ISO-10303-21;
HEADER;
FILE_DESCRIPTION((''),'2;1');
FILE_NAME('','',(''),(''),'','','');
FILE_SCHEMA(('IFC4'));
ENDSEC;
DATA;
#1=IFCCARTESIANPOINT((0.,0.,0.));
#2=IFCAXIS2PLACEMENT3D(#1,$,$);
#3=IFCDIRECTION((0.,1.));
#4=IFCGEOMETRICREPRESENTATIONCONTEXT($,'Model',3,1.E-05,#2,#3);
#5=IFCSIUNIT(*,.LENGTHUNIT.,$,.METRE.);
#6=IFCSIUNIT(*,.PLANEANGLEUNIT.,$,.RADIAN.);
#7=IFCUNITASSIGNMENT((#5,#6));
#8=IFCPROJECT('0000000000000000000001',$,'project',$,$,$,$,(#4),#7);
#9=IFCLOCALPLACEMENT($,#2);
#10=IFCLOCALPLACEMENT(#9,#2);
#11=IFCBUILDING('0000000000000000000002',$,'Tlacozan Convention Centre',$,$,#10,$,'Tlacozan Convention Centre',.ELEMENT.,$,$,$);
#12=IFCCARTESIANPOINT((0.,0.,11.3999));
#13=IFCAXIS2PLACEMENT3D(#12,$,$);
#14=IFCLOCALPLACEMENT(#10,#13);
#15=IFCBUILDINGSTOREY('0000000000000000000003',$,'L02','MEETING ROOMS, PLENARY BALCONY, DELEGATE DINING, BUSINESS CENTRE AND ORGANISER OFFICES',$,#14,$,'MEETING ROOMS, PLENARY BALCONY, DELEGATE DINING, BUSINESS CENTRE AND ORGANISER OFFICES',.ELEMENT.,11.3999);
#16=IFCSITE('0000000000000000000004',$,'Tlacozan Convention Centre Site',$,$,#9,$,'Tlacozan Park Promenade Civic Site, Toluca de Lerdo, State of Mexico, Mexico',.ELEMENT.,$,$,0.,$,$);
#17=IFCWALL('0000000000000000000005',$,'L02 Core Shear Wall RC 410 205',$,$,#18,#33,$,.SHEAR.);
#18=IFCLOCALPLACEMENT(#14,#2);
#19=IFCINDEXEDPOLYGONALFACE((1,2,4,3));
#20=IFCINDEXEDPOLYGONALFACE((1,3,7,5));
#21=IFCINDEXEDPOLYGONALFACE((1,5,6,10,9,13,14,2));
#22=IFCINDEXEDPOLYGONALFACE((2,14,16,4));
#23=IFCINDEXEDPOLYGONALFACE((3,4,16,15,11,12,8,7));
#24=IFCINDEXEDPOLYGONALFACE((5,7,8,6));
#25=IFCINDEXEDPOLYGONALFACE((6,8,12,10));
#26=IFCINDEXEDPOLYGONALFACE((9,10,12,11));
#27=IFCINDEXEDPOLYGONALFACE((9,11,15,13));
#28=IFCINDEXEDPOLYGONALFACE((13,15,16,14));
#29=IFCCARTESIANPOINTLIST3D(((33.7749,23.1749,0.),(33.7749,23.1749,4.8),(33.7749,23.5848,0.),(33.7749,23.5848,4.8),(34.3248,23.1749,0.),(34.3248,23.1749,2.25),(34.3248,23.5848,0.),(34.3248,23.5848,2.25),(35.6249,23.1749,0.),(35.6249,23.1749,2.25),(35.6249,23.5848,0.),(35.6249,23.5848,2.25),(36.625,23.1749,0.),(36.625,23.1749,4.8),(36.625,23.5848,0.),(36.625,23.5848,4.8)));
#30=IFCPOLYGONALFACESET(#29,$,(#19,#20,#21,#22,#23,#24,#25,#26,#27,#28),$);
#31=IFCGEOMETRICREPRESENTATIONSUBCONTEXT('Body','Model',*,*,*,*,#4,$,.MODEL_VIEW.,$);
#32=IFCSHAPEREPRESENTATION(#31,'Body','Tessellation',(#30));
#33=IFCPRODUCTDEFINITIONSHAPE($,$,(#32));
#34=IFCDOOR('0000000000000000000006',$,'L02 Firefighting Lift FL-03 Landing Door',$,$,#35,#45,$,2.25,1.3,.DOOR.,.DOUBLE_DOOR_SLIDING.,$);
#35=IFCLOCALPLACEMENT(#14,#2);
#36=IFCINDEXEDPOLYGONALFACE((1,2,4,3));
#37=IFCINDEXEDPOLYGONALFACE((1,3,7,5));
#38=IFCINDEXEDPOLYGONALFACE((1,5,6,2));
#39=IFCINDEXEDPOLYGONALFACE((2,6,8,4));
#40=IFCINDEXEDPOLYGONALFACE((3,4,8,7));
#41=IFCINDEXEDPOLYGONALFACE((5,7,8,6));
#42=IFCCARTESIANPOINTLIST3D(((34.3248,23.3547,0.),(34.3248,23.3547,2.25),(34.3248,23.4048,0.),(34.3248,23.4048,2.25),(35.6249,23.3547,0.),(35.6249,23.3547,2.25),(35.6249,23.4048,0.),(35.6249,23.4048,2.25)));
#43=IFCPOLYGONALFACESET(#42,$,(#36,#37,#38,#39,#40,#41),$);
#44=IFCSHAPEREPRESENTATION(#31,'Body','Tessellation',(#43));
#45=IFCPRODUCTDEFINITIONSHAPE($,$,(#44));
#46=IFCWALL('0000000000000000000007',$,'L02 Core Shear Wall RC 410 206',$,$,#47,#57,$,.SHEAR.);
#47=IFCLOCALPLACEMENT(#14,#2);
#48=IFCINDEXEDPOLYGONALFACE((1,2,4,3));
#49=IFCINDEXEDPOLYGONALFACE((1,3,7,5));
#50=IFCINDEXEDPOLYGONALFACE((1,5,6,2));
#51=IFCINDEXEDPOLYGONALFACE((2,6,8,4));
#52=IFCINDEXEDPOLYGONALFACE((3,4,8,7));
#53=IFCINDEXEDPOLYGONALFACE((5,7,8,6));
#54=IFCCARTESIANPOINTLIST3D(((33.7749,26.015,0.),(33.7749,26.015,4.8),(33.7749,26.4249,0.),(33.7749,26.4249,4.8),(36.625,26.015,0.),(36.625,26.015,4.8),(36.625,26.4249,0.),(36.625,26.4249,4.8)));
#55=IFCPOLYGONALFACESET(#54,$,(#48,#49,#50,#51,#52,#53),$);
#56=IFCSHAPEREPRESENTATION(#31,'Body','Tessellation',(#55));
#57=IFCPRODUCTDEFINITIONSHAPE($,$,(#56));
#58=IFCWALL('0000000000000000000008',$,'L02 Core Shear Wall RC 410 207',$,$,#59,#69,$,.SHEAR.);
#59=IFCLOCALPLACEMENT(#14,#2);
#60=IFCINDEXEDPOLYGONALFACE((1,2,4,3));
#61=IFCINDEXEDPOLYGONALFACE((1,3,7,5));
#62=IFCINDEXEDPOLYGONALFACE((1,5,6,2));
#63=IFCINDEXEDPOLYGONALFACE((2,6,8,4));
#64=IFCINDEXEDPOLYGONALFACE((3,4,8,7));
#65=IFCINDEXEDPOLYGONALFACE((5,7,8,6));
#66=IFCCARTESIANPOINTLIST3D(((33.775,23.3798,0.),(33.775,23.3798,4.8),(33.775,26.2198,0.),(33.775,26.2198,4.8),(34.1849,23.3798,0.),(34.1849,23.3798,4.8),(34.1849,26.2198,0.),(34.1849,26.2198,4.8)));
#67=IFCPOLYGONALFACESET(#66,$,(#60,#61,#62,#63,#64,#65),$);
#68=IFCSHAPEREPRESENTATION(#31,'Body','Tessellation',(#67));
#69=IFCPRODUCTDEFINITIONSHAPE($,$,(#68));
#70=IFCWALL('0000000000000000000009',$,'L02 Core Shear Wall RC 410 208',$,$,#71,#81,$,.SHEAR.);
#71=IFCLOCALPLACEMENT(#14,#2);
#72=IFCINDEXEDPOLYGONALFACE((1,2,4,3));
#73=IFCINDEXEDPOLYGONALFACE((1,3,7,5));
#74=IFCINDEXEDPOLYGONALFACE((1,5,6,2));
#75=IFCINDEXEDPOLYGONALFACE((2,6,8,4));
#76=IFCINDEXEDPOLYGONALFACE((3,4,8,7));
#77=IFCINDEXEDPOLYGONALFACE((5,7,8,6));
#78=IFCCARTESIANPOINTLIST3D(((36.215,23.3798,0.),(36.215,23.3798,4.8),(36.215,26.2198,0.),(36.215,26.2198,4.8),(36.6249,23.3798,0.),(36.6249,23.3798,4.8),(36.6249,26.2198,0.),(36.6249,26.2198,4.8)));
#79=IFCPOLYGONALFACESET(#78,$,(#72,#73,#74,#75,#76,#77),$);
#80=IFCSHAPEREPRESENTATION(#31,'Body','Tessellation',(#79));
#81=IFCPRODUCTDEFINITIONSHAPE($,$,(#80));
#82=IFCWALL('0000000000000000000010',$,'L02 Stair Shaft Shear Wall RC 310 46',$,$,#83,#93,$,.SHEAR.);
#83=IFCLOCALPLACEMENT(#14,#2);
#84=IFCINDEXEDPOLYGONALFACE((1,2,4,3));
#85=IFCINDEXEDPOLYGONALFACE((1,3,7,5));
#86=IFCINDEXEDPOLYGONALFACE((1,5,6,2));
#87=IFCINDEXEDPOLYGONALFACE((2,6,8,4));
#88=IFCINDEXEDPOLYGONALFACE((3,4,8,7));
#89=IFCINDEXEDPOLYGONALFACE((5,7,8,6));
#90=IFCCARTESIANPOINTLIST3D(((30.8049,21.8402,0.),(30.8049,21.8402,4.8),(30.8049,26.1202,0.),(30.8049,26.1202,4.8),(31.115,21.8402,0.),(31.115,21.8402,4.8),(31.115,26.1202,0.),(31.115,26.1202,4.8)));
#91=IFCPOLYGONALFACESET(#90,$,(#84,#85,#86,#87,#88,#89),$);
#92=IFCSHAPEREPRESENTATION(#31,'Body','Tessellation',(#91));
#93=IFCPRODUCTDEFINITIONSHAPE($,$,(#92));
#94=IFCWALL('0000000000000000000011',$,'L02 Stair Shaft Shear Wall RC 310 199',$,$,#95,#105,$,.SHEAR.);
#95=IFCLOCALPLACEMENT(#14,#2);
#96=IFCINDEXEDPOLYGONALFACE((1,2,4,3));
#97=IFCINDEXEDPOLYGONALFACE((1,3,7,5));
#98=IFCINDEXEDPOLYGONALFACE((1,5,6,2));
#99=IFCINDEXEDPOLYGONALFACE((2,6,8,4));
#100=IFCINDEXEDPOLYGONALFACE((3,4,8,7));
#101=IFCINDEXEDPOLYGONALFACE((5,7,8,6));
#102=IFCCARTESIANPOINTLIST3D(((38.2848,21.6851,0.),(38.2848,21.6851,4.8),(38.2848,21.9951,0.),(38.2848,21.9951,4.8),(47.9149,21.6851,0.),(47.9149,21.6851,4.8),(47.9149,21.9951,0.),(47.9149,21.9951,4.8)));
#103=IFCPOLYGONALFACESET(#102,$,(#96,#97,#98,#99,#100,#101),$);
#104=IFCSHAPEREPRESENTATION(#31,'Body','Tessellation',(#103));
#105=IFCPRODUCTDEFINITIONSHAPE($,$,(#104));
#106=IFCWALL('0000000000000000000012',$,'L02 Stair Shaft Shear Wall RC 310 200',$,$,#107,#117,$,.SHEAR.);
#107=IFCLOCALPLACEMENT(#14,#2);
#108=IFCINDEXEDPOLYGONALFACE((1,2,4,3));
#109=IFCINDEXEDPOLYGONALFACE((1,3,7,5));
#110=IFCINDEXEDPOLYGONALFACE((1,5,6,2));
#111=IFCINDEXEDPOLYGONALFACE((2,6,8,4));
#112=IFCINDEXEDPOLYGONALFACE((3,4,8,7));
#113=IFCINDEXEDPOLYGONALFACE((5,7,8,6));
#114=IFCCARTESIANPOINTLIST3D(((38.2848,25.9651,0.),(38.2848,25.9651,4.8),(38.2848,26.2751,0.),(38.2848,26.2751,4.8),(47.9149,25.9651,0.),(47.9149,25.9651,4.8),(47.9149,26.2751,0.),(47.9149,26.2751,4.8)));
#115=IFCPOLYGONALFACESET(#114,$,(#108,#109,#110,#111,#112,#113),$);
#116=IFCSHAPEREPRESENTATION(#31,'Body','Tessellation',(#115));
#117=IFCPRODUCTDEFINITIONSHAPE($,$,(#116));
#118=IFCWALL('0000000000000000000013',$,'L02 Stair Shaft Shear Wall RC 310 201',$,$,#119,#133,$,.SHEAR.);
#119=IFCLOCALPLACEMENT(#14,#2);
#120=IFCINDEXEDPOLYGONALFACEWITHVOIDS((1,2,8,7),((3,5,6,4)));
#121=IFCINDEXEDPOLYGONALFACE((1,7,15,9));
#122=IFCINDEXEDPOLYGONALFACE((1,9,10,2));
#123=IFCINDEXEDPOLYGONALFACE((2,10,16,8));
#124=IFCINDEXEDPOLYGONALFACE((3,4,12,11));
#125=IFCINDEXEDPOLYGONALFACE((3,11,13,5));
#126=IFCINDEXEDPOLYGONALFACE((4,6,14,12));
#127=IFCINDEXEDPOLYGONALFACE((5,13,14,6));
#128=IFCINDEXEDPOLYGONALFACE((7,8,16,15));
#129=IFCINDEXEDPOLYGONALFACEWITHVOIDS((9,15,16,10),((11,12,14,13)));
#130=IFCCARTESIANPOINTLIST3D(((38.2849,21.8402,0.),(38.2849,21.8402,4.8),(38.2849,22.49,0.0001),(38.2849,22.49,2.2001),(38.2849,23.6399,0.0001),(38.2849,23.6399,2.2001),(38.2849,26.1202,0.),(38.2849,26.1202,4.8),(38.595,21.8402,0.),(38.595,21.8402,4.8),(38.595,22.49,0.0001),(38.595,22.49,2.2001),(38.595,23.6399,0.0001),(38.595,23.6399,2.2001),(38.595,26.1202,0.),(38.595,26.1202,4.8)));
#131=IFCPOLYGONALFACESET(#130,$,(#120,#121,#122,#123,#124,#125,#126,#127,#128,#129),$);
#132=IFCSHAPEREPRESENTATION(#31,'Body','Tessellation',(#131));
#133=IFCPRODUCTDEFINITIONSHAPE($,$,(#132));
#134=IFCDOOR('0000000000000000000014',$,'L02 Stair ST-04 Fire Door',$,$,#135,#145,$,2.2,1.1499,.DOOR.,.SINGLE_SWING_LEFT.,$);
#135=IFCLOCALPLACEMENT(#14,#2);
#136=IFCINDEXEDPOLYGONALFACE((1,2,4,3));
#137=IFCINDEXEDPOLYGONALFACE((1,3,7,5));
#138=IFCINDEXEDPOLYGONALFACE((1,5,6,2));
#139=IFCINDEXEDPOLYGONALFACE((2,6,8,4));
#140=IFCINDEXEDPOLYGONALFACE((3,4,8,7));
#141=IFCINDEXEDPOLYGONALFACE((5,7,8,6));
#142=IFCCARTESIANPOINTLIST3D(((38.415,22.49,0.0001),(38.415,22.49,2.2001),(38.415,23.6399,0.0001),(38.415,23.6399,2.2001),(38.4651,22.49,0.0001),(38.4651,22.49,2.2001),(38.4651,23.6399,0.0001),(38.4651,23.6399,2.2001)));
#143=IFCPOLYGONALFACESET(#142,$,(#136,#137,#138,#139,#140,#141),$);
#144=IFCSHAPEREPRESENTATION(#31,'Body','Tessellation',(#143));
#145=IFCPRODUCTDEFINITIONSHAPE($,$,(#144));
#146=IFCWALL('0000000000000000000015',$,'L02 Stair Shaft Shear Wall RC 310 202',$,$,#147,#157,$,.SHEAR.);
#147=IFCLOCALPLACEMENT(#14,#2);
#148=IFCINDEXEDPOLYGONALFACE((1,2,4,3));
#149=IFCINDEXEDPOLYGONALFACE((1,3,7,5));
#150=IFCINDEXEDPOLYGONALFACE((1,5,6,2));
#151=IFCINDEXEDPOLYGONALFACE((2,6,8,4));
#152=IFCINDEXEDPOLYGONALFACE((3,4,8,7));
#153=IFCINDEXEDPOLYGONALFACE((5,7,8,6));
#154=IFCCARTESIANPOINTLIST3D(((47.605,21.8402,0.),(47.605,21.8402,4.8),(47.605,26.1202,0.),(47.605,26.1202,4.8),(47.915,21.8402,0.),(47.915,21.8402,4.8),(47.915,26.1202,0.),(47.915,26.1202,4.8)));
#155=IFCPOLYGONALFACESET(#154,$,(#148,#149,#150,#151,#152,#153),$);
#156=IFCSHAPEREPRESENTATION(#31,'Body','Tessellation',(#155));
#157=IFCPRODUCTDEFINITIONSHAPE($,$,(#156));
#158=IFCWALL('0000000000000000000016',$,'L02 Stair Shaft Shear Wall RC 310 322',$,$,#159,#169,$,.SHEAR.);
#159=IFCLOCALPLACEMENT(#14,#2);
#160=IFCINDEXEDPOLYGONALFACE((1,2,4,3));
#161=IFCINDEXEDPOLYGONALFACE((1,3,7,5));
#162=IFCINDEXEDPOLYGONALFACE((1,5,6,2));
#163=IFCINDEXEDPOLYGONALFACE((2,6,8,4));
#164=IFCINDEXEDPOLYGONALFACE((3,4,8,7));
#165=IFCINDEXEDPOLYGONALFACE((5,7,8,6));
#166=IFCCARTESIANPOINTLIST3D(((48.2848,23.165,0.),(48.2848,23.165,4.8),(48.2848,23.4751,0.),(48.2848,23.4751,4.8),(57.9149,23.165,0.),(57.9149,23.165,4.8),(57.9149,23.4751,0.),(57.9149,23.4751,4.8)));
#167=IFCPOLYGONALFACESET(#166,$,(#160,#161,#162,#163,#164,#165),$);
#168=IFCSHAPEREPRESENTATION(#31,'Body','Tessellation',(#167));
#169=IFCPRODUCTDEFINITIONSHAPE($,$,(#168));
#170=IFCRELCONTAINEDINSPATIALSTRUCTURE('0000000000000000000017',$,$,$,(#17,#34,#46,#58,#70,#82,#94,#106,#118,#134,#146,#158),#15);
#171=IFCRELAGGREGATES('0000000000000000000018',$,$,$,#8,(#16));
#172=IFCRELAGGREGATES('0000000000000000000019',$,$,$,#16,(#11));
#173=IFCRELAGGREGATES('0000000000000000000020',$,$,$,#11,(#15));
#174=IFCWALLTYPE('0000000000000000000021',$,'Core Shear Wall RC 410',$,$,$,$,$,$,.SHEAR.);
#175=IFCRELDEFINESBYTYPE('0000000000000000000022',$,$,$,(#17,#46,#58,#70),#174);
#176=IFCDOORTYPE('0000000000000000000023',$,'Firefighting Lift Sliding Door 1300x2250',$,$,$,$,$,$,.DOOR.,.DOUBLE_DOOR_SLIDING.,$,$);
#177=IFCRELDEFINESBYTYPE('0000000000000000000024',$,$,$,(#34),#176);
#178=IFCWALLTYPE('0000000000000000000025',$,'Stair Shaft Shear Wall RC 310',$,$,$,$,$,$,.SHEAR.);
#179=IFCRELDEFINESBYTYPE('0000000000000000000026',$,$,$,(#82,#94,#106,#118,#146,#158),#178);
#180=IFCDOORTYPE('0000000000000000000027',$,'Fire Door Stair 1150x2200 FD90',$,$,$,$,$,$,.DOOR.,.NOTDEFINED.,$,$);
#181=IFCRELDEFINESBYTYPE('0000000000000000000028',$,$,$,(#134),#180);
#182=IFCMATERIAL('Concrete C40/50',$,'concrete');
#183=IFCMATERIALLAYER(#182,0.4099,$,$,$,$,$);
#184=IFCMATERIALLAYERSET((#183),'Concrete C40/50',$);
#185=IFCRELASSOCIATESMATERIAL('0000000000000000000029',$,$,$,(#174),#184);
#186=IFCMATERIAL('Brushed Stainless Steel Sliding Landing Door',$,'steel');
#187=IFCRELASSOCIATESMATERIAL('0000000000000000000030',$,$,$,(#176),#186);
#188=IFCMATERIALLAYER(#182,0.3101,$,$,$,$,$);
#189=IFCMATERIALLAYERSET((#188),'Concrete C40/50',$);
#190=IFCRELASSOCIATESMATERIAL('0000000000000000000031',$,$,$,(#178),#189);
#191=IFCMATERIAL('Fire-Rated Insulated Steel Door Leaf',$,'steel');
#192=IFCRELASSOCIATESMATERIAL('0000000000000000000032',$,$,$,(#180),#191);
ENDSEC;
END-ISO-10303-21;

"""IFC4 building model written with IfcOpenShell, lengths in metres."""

from ifc_helpers import new_model, si_unit, direction, frame, frame_2d, origin, place, context, subcontext, project, spatial, rectangle, extrude, material, layer, layer_set, type_object, element, fill, save


model = new_model("IFC4")

# Units and contexts
model_context = context("Model", 3, precision=1e-05, world=origin(), true_north=direction((0.0, 1.0)))
body_context = subcontext(model_context, "Body", "Model", "MODEL_VIEW")
ifc_project = project(units=[si_unit("LENGTHUNIT", "METRE"), si_unit("PLANEANGLEUNIT", "RADIAN")], contexts=[model_context])

# Site, building, storey
site_placement = place(None, origin())
site = spatial("IfcSite", under=ifc_project, at=site_placement, Name="Tlacozan Convention Centre Site", LongName="Tlacozan Park Promenade Civic Site, Toluca de Lerdo, State of Mexico, Mexico", CompositionType="ELEMENT", RefElevation=0.0)
building_placement = place(site_placement, origin())
building = spatial("IfcBuilding", under=site, at=building_placement, Name="Tlacozan Convention Centre", LongName="Tlacozan Convention Centre", CompositionType="ELEMENT")
storey_placement = place(building_placement, frame((0.0, 0.0, 11.3999)))
storey = spatial("IfcBuildingStorey", under=building, at=storey_placement, Name="L02", Description="MEETING ROOMS, PLENARY BALCONY, DELEGATE DINING, BUSINESS CENTRE AND ORGANISER OFFICES", LongName="MEETING ROOMS, PLENARY BALCONY, DELEGATE DINING, BUSINESS CENTRE AND ORGANISER OFFICES", CompositionType="ELEMENT", Elevation=11.3999)

# Wall, opening, door
ifc_material_1 = material(Name="Concrete C40/50", Category="concrete")
ifc_layer_1 = layer(ifc_material_1, 0.4099)
ifc_layer_set_1 = layer_set([ifc_layer_1], Name="Concrete C40/50")
wall_type_1 = type_object("IfcWallType", Name="Core Shear Wall RC 410", PredefinedType="SHEAR", material=ifc_layer_set_1)
wall_1_placement = place(storey_placement, frame((33.7749, 23.3799, 0.0), z_axis=(0.0, 0.0, 1.0), x_axis=(1.0, 0.0, 0.0)))
wall_1 = element("IfcWall", 1, at=wall_1_placement, inside=storey, type_object=wall_type_1, Name="L02 Core Shear Wall RC 410 205", PredefinedType="SHEAR", context=body_context, shape_type="SweptSolid", body=[
    extrude(rectangle(XDim=2.8501, YDim=0.4099, at=frame_2d((1.425, 0.0))), origin(), (0.0, 0.0, 1.0), 4.8),
])
opening_1_placement = place(wall_1_placement, frame((0.55, 0.0, 0.0)))
opening_1 = element("IfcOpeningElement", 2, at=opening_1_placement, cuts=wall_1, PredefinedType="OPENING", context=body_context, shape_type="SweptSolid", body=[
    extrude(rectangle(XDim=1.3, YDim=2.25, at=frame_2d((0.6499, 1.125))), frame((0.0, 0.2148, 0.0), z_axis=(0.0, -1.0, 0.0), x_axis=(1.0, 0.0, 0.0)), (0.0, 0.0, 1.0), 0.4299),
])
ifc_material_2 = material(Name="Brushed Stainless Steel Sliding Landing Door", Category="steel")
door_type_1 = type_object("IfcDoorType", Name="Firefighting Lift Sliding Door 1300x2250", OperationType="DOUBLE_DOOR_SLIDING", PredefinedType="DOOR", material=ifc_material_2)
door_1_placement = place(opening_1_placement, origin())
door_1 = element("IfcDoor", 3, at=door_1_placement, inside=storey, type_object=door_type_1, Name="L02 Firefighting Lift FL-03 Landing Door", OperationType="DOUBLE_DOOR_SLIDING", OverallHeight=2.25, OverallWidth=1.3, PredefinedType="DOOR", context=body_context, shape_type="SweptSolid", body=[
    extrude(rectangle(XDim=1.3, YDim=2.25, at=frame_2d((0.6499, 1.125))), frame((0.0, 0.0249, 0.0), z_axis=(0.0, -1.0, 0.0), x_axis=(1.0, 0.0, 0.0)), (0.0, 0.0, 1.0), 0.05),
])
fill(opening_1, door_1)

# Walls
wall_2_placement = place(storey_placement, frame((33.7749, 26.22, 0.0), z_axis=(0.0, 0.0, 1.0), x_axis=(1.0, 0.0, 0.0)))
element("IfcWall", 4, at=wall_2_placement, inside=storey, type_object=wall_type_1, Name="L02 Core Shear Wall RC 410 206", PredefinedType="SHEAR", context=body_context, shape_type="SweptSolid", body=[
    extrude(rectangle(XDim=2.8501, YDim=0.4099, at=frame_2d((1.425, 0.0))), origin(), (0.0, 0.0, 1.0), 4.8),
])
for number, where, z_axis, x_axis, name in (
    (5, (33.98, 23.3799, 0.0), (0.0, 0.0, 1.0), (0.0, 1.0, 0.0), "L02 Core Shear Wall RC 410 207"),
    (6, (36.4199, 23.3799, 0.0), (0.0, 0.0, 1.0), (0.0, 1.0, 0.0), "L02 Core Shear Wall RC 410 208"),
):
    element("IfcWall", number, at=place(storey_placement, frame(where, z_axis=z_axis, x_axis=x_axis)), inside=storey, type_object=wall_type_1, Name=name, PredefinedType="SHEAR", context=body_context, shape_type="SweptSolid", body=[
        extrude(rectangle(XDim=2.8401, YDim=0.4099, at=frame_2d((1.4199, 0.0))), origin(), (0.0, 0.0, 1.0), 4.8),
    ])
ifc_layer_2 = layer(ifc_material_1, 0.3101)
ifc_layer_set_2 = layer_set([ifc_layer_2], Name="Concrete C40/50")
wall_type_2 = type_object("IfcWallType", Name="Stair Shaft Shear Wall RC 310", PredefinedType="SHEAR", material=ifc_layer_set_2)
wall_3_placement = place(storey_placement, frame((30.96, 21.8401, 0.0), z_axis=(0.0, 0.0, 1.0), x_axis=(0.0, 1.0, 0.0)))
element("IfcWall", 7, at=wall_3_placement, inside=storey, type_object=wall_type_2, Name="L02 Stair Shaft Shear Wall RC 310 46", PredefinedType="SHEAR", context=body_context, shape_type="SweptSolid", body=[
    extrude(rectangle(XDim=4.28, YDim=0.3101, at=frame_2d((2.1401, 0.0))), origin(), (0.0, 0.0, 1.0), 4.8),
])
for number, where, z_axis, x_axis, name in (
    (8, (38.2849, 21.8401, 0.0), (0.0, 0.0, 1.0), (1.0, 0.0, 0.0), "L02 Stair Shaft Shear Wall RC 310 199"),
    (9, (38.2849, 26.1201, 0.0), (0.0, 0.0, 1.0), (1.0, 0.0, 0.0), "L02 Stair Shaft Shear Wall RC 310 200"),
):
    element("IfcWall", number, at=place(storey_placement, frame(where, z_axis=z_axis, x_axis=x_axis)), inside=storey, type_object=wall_type_2, Name=name, PredefinedType="SHEAR", context=body_context, shape_type="SweptSolid", body=[
        extrude(rectangle(XDim=9.6301, YDim=0.3101, at=frame_2d((4.8149, 0.0))), origin(), (0.0, 0.0, 1.0), 4.8),
    ])

# Wall, opening, door
wall_4_placement = place(storey_placement, frame((38.4399, 21.8401, 0.0), z_axis=(0.0, 0.0, 1.0), x_axis=(0.0, 1.0, 0.0)))
wall_4 = element("IfcWall", 10, at=wall_4_placement, inside=storey, type_object=wall_type_2, Name="L02 Stair Shaft Shear Wall RC 310 201", PredefinedType="SHEAR", context=body_context, shape_type="SweptSolid", body=[
    extrude(rectangle(XDim=4.28, YDim=0.3101, at=frame_2d((2.1401, 0.0))), origin(), (0.0, 0.0, 1.0), 4.8),
])
opening_2_placement = place(wall_4_placement, frame((0.6499, 0.0, 0.0)))
opening_2 = element("IfcOpeningElement", 11, at=opening_2_placement, cuts=wall_4, PredefinedType="OPENING", context=body_context, shape_type="SweptSolid", body=[
    extrude(rectangle(XDim=1.1499, YDim=2.2, at=frame_2d((0.575, 1.1001))), frame((0.0, 0.165, 0.0), z_axis=(0.0, -1.0, 0.0), x_axis=(1.0, 0.0, 0.0)), (0.0, 0.0, 1.0), 0.3301),
])
ifc_material_3 = material(Name="Fire-Rated Insulated Steel Door Leaf", Category="steel")
door_type_2 = type_object("IfcDoorType", Name="Fire Door Stair 1150x2200 FD90", OperationType="NOTDEFINED", PredefinedType="DOOR", material=ifc_material_3)
door_2_placement = place(opening_2_placement, origin())
door_2 = element("IfcDoor", 12, at=door_2_placement, inside=storey, type_object=door_type_2, Name="L02 Stair ST-04 Fire Door", OperationType="SINGLE_SWING_LEFT", OverallHeight=2.2, OverallWidth=1.1499, PredefinedType="DOOR", context=body_context, shape_type="SweptSolid", body=[
    extrude(rectangle(XDim=1.1499, YDim=2.2, at=frame_2d((0.575, 1.1001))), frame((0.0, 0.0249, 0.0), z_axis=(0.0, -1.0, 0.0), x_axis=(1.0, 0.0, 0.0)), (0.0, 0.0, 1.0), 0.05),
])
fill(opening_2, door_2)

# Walls
wall_5_placement = place(storey_placement, frame((47.76, 21.8401, 0.0), z_axis=(0.0, 0.0, 1.0), x_axis=(0.0, 1.0, 0.0)))
element("IfcWall", 13, at=wall_5_placement, inside=storey, type_object=wall_type_2, Name="L02 Stair Shaft Shear Wall RC 310 202", PredefinedType="SHEAR", context=body_context, shape_type="SweptSolid", body=[
    extrude(rectangle(XDim=4.28, YDim=0.3101, at=frame_2d((2.1401, 0.0))), origin(), (0.0, 0.0, 1.0), 4.8),
])
wall_6_placement = place(storey_placement, frame((48.2849, 23.3201, 0.0), z_axis=(0.0, 0.0, 1.0), x_axis=(1.0, 0.0, 0.0)))
element("IfcWall", 14, at=wall_6_placement, inside=storey, type_object=wall_type_2, Name="L02 Stair Shaft Shear Wall RC 310 322", PredefinedType="SHEAR", context=body_context, shape_type="SweptSolid", body=[
    extrude(rectangle(XDim=9.6301, YDim=0.3101, at=frame_2d((4.8149, 0.0))), origin(), (0.0, 0.0, 1.0), 4.8),
])

save(model, "model.ifc")
